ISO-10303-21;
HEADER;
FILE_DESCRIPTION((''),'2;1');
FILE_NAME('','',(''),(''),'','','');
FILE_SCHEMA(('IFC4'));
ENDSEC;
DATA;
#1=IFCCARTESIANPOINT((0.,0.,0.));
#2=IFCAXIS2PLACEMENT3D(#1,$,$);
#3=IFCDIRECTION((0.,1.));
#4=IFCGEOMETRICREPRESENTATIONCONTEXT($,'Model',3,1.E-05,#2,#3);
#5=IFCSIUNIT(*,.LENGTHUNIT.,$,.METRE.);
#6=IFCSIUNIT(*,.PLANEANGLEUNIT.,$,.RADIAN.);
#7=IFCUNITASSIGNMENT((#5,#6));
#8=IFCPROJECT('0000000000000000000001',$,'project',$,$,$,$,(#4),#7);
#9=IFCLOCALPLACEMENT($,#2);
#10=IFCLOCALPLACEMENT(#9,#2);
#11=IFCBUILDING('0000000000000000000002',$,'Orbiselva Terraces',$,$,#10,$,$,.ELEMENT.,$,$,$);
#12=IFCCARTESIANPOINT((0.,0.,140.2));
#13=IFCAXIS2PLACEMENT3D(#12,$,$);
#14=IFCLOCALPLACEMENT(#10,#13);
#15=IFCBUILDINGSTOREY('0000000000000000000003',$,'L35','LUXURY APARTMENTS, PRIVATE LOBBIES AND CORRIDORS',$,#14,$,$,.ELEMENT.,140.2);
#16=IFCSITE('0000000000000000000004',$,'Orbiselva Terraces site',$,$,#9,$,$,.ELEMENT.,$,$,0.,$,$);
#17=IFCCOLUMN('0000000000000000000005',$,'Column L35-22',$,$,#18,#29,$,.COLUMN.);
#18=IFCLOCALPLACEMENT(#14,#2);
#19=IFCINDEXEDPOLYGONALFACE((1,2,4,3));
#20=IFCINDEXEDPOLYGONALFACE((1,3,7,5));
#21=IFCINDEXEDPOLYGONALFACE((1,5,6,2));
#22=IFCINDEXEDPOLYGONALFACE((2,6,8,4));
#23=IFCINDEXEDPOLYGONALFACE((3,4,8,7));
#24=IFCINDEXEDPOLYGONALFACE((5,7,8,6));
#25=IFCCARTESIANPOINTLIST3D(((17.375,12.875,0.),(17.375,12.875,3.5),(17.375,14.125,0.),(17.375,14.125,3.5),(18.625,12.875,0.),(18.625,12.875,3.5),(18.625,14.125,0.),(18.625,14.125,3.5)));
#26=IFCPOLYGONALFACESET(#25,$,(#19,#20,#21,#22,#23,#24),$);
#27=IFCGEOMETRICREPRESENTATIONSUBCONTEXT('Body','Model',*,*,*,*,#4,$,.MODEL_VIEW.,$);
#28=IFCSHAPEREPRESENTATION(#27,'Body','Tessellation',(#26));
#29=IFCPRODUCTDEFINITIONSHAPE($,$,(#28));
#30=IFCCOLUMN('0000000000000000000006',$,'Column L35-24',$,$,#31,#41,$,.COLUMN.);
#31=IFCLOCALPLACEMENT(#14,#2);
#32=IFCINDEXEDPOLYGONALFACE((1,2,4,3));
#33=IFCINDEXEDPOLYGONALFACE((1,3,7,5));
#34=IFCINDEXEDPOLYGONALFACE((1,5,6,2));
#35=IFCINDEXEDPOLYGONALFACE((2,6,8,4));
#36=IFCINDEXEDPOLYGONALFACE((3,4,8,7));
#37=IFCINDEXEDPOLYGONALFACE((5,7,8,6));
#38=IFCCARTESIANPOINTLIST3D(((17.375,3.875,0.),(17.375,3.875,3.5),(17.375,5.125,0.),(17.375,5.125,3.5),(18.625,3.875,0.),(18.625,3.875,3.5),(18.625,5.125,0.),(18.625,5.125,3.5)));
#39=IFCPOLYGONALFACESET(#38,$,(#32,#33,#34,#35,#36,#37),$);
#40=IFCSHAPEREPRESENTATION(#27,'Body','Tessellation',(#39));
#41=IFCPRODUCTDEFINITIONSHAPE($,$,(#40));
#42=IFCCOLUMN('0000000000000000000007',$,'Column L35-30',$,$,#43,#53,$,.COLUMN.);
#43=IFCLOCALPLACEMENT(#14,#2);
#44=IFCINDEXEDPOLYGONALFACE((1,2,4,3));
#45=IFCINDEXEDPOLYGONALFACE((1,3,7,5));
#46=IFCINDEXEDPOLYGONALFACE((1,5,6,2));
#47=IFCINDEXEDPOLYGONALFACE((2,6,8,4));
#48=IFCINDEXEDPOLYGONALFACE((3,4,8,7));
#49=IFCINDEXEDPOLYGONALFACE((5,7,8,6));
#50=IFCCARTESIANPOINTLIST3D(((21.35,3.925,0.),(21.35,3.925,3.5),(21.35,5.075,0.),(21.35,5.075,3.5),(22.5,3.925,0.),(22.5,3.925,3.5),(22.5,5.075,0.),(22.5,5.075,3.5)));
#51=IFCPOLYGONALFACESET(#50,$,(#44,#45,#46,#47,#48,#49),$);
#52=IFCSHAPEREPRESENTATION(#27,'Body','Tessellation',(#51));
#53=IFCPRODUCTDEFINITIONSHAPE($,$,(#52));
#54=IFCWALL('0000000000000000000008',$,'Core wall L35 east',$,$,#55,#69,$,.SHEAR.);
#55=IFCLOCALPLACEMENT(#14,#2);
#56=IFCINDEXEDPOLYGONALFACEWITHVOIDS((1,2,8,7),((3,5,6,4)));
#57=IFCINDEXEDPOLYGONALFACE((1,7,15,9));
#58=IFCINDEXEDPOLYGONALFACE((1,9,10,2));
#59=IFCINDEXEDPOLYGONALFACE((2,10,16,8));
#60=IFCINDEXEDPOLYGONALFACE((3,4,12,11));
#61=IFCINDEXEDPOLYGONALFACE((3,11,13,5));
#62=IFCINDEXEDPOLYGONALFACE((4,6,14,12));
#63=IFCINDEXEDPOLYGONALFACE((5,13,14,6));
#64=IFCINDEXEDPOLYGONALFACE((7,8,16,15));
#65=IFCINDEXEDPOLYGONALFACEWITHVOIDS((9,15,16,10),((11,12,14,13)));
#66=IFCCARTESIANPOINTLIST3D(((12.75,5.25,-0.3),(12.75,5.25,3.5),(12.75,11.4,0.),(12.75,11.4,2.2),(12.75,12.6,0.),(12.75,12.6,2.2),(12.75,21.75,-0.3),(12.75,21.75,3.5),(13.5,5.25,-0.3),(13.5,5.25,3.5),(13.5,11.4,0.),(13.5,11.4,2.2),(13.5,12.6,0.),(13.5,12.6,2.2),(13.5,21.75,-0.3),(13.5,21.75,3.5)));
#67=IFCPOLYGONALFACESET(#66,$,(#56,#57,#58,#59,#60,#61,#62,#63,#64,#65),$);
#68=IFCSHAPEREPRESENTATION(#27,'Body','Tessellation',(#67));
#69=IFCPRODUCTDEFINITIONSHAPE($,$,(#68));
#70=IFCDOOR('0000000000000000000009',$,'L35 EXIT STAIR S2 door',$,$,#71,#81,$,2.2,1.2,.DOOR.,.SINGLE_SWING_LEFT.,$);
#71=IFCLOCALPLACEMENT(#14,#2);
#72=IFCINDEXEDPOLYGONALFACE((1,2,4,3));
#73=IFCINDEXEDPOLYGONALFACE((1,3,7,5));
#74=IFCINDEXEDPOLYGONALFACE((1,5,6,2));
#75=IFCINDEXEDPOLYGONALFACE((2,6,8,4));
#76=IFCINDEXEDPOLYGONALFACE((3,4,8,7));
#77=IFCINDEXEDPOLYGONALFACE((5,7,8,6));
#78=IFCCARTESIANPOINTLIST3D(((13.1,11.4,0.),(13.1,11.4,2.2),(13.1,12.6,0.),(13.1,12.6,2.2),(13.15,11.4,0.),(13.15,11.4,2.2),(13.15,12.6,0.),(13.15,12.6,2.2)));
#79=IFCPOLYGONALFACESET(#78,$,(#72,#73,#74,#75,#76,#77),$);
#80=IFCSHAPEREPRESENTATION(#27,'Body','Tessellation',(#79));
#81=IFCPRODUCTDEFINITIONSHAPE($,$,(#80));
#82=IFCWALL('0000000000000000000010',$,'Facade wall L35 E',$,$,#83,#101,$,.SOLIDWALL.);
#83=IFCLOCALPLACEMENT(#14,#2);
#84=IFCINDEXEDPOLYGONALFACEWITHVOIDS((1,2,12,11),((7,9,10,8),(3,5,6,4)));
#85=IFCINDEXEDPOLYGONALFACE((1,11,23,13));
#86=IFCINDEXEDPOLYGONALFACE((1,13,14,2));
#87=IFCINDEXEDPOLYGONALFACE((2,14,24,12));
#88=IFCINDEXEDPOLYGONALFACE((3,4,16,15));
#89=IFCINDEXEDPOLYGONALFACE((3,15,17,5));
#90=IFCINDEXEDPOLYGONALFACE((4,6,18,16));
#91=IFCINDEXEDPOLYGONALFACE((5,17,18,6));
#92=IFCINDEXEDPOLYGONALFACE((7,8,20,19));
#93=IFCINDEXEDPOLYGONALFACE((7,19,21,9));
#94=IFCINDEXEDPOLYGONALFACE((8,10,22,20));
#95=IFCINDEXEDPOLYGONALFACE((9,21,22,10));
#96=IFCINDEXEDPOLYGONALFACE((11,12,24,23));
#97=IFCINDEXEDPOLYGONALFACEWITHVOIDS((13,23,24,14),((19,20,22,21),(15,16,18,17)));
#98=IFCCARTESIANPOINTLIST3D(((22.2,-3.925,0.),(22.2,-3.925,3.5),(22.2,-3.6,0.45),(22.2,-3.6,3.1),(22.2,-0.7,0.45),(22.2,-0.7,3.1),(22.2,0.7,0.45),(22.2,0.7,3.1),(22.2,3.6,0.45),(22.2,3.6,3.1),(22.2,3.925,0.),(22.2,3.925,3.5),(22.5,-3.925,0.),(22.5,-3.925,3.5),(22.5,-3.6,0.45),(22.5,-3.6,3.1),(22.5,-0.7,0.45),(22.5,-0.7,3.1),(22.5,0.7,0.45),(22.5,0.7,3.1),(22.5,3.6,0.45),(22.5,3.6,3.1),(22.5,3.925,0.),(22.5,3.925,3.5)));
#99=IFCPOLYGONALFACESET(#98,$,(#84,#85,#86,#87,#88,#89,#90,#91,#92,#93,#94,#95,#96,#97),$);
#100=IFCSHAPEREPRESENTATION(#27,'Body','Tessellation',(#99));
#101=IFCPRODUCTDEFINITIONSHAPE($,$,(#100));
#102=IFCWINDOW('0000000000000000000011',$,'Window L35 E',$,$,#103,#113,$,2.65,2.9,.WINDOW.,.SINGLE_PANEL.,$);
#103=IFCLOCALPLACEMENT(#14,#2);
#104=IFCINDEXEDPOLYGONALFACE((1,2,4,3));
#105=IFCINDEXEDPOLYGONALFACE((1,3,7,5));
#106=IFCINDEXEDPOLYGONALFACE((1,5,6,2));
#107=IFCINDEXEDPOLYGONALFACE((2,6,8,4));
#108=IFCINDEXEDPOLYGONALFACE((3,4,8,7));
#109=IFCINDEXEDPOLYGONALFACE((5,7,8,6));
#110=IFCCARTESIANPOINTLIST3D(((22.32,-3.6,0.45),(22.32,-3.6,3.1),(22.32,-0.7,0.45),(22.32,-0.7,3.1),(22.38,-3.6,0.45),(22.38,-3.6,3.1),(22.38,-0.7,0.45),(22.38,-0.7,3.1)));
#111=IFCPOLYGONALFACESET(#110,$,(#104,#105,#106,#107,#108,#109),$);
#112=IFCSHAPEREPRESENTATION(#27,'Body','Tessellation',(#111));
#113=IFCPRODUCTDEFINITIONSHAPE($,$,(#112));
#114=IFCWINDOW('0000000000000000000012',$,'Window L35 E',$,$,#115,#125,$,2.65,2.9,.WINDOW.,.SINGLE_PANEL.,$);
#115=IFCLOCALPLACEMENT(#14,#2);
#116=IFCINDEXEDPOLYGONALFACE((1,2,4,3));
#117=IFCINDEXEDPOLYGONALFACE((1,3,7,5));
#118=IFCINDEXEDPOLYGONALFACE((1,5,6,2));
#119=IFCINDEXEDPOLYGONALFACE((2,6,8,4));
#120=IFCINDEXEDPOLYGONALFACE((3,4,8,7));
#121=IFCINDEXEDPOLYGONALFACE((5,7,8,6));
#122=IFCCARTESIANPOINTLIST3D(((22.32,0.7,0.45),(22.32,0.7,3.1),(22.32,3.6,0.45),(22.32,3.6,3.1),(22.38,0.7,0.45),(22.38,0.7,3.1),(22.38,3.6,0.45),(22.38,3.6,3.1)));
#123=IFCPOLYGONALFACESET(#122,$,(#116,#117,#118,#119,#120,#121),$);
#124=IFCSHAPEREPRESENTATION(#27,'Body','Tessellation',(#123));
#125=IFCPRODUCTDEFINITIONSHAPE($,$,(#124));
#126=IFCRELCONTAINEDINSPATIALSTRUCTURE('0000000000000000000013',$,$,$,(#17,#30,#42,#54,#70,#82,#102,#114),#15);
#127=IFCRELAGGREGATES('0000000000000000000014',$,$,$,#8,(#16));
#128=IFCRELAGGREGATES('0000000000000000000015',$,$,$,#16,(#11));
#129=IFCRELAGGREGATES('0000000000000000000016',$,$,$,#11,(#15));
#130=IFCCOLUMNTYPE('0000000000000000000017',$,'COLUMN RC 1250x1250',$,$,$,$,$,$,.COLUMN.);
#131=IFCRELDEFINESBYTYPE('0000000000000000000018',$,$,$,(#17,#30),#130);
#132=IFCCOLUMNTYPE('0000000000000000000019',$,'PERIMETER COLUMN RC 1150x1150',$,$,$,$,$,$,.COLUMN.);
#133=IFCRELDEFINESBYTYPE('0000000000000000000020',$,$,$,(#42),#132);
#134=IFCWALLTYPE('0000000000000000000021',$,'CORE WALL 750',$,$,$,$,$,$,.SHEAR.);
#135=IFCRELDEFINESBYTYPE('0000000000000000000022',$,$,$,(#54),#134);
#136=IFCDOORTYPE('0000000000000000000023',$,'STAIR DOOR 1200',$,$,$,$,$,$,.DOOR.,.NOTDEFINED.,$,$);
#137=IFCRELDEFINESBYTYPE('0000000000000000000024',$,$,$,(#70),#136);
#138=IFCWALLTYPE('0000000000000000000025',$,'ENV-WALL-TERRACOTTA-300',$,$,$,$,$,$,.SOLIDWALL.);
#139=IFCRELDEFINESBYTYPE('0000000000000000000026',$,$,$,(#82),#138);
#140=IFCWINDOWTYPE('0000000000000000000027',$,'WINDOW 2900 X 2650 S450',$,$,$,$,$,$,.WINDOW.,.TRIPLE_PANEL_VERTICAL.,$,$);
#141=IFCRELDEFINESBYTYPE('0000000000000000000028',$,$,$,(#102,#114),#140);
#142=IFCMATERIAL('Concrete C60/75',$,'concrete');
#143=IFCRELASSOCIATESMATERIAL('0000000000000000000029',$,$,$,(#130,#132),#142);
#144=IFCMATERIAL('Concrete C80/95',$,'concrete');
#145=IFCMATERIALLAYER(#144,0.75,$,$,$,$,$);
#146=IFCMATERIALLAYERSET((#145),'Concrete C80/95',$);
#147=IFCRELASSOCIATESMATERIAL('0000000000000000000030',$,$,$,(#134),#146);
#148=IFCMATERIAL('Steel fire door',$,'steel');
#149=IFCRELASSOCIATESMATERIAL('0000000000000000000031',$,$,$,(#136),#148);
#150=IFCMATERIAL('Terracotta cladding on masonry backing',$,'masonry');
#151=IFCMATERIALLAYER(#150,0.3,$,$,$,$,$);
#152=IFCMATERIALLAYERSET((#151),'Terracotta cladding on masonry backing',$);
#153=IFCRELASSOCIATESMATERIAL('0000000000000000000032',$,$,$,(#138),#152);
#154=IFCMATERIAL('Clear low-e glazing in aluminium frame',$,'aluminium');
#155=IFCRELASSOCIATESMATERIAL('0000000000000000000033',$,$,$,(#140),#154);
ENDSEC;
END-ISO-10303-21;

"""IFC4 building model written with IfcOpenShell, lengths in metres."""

from ifc_helpers import new_model, si_unit, direction, frame, frame_2d, origin, origin_2d, place, context, subcontext, project, spatial, rectangle, extrude, material, layer, layer_set, material_profile, profile_set, type_object, element, fill, save


model = new_model("IFC4")

# Units and contexts
model_context = context("Model", 3, precision=1e-05, world=origin(), true_north=direction((0.0, 1.0)))
body_context = subcontext(model_context, "Body", "Model", "MODEL_VIEW")
ifc_project = project(units=[si_unit("LENGTHUNIT", "METRE"), si_unit("PLANEANGLEUNIT", "RADIAN")], contexts=[model_context])

# Site, building, storey
site_placement = place(None, origin())
site = spatial("IfcSite", under=ifc_project, at=site_placement, Name="Orbiselva Terraces site", CompositionType="ELEMENT", RefElevation=0.0)
building_placement = place(site_placement, origin())
building = spatial("IfcBuilding", under=site, at=building_placement, Name="Orbiselva Terraces", CompositionType="ELEMENT")
storey_placement = place(building_placement, frame((0.0, 0.0, 140.2)))
storey = spatial("IfcBuildingStorey", under=building, at=storey_placement, Name="L35", Description="LUXURY APARTMENTS, PRIVATE LOBBIES AND CORRIDORS", CompositionType="ELEMENT", Elevation=140.2)

# Columns
ifc_material_1 = material(Name="Concrete C60/75", Category="concrete")
ifc_material_profile_1 = material_profile(ifc_material_1, rectangle(XDim=1.25, YDim=1.25, at=origin_2d()), Name="RC 1250x1250")
ifc_profile_set_1 = profile_set([ifc_material_profile_1], Name="Concrete C60/75")
column_type_1 = type_object("IfcColumnType", Name="COLUMN RC 1250x1250", PredefinedType="COLUMN", material=ifc_profile_set_1)
for number, where, z_axis, x_axis, name in (
    (1, (18.0, 13.5, 0.0), (0.0, 0.0, 1.0), (1.0, 0.0, 0.0), "Column L35-22"),
    (2, (18.0, 4.5, 0.0), (0.0, 0.0, 1.0), (1.0, 0.0, 0.0), "Column L35-24"),
):
    element("IfcColumn", number, at=place(storey_placement, frame(where, z_axis=z_axis, x_axis=x_axis)), inside=storey, type_object=column_type_1, Name=name, PredefinedType="COLUMN", context=body_context, shape_type="SweptSolid", body=[
        extrude(rectangle(XDim=1.25, YDim=1.25, at=origin_2d()), origin(), (0.0, 0.0, 1.0), 3.5),
    ])
ifc_material_profile_2 = material_profile(ifc_material_1, rectangle(XDim=1.15, YDim=1.15, at=origin_2d()), Name="RC 1150x1150")
ifc_profile_set_2 = profile_set([ifc_material_profile_2], Name="Concrete C60/75")
column_type_2 = type_object("IfcColumnType", Name="PERIMETER COLUMN RC 1150x1150", PredefinedType="COLUMN", material=ifc_profile_set_2)
column_placement = place(storey_placement, frame((21.925, 4.5, 0.0), z_axis=(0.0, 0.0, 1.0), x_axis=(1.0, 0.0, 0.0)))
element("IfcColumn", 3, at=column_placement, inside=storey, type_object=column_type_2, Name="Column L35-30", PredefinedType="COLUMN", context=body_context, shape_type="SweptSolid", body=[
    extrude(rectangle(XDim=1.15, YDim=1.15, at=origin_2d()), origin(), (0.0, 0.0, 1.0), 3.5),
])

# Wall, opening, door
ifc_material_2 = material(Name="Concrete C80/95", Category="concrete")
ifc_layer_1 = layer(ifc_material_2, 0.75)
ifc_layer_set_1 = layer_set([ifc_layer_1], Name="Concrete C80/95")
wall_type_1 = type_object("IfcWallType", Name="CORE WALL 750", PredefinedType="SHEAR", material=ifc_layer_set_1)
wall_1_placement = place(storey_placement, frame((13.125, 5.25, -0.3), z_axis=(0.0, 0.0, 1.0), x_axis=(0.0, 1.0, 0.0)))
wall_1 = element("IfcWall", 4, at=wall_1_placement, inside=storey, type_object=wall_type_1, Name="Core wall L35 east", PredefinedType="SHEAR", context=body_context, shape_type="SweptSolid", body=[
    extrude(rectangle(XDim=16.5, YDim=0.75, at=frame_2d((8.25, 0.0))), origin(), (0.0, 0.0, 1.0), 3.8),
])
opening_1_placement = place(wall_1_placement, frame((6.15, 0.0, 0.3)))
opening_1 = element("IfcOpeningElement", 5, at=opening_1_placement, cuts=wall_1, PredefinedType="OPENING", context=body_context, shape_type="SweptSolid", body=[
    extrude(rectangle(XDim=1.2, YDim=2.2, at=frame_2d((0.6, 1.1))), frame((0.0, 0.385, 0.0), z_axis=(0.0, -1.0, 0.0), x_axis=(1.0, 0.0, 0.0)), (0.0, 0.0, 1.0), 0.77),
])
ifc_material_3 = material(Name="Steel fire door", Category="steel")
door_type_1 = type_object("IfcDoorType", Name="STAIR DOOR 1200", OperationType="NOTDEFINED", PredefinedType="DOOR", material=ifc_material_3)
door_1_placement = place(opening_1_placement, frame((1.2, 0.0, 0.0), z_axis=(0.0, 0.0, 1.0), x_axis=(-1.0, 0.0, 0.0)))
door_1 = element("IfcDoor", 6, at=door_1_placement, inside=storey, type_object=door_type_1, Name="L35 EXIT STAIR S2 door", OperationType="SINGLE_SWING_LEFT", OverallHeight=2.2, OverallWidth=1.2, PredefinedType="DOOR", context=body_context, shape_type="SweptSolid", body=[
    extrude(rectangle(XDim=1.2, YDim=2.2, at=frame_2d((0.6, 1.1))), frame((0.0, 0.025, 0.0), z_axis=(0.0, -1.0, 0.0), x_axis=(1.0, 0.0, 0.0)), (0.0, 0.0, 1.0), 0.05),
])
fill(opening_1, door_1)

# Wall, openings, windows
ifc_material_4 = material(Name="Terracotta cladding on masonry backing", Category="masonry")
ifc_layer_2 = layer(ifc_material_4, 0.3)
ifc_layer_set_2 = layer_set([ifc_layer_2], Name="Terracotta cladding on masonry backing")
wall_type_2 = type_object("IfcWallType", Name="ENV-WALL-TERRACOTTA-300", PredefinedType="SOLIDWALL", material=ifc_layer_set_2)
wall_2_placement = place(storey_placement, frame((22.35, 3.925, 0.0), z_axis=(0.0, 0.0, 1.0), x_axis=(0.0, -1.0, 0.0)))
wall_2 = element("IfcWall", 7, at=wall_2_placement, inside=storey, type_object=wall_type_2, Name="Facade wall L35 E", PredefinedType="SOLIDWALL", context=body_context, shape_type="SweptSolid", body=[
    extrude(rectangle(XDim=7.85, YDim=0.3, at=frame_2d((3.925, 0.0))), origin(), (0.0, 0.0, 1.0), 3.5),
])
opening_2_placement = place(wall_2_placement, frame((4.625, 0.0, 0.45)))
opening_2 = element("IfcOpeningElement", 8, at=opening_2_placement, cuts=wall_2, PredefinedType="OPENING", context=body_context, shape_type="SweptSolid", body=[
    extrude(rectangle(XDim=2.9, YDim=2.65, at=frame_2d((1.45, 1.325))), frame((0.0, 0.16, 0.0), z_axis=(0.0, -1.0, 0.0), x_axis=(1.0, 0.0, 0.0)), (0.0, 0.0, 1.0), 0.32),
])
opening_3_placement = place(wall_2_placement, frame((0.325, 0.0, 0.45)))
opening_3 = element("IfcOpeningElement", 9, at=opening_3_placement, cuts=wall_2, PredefinedType="OPENING", context=body_context, shape_type="SweptSolid", body=[
    extrude(rectangle(XDim=2.9, YDim=2.65, at=frame_2d((1.45, 1.325))), frame((0.0, 0.16, 0.0), z_axis=(0.0, -1.0, 0.0), x_axis=(1.0, 0.0, 0.0)), (0.0, 0.0, 1.0), 0.32),
])
ifc_material_5 = material(Name="Clear low-e glazing in aluminium frame", Category="aluminium")
window_type = type_object("IfcWindowType", Name="WINDOW 2900 X 2650 S450", PartitioningType="TRIPLE_PANEL_VERTICAL", PredefinedType="WINDOW", material=ifc_material_5)
window_1_placement = place(opening_2_placement, origin())
window_1 = element("IfcWindow", 10, at=window_1_placement, inside=storey, type_object=window_type, Name="Window L35 E", OverallHeight=2.65, OverallWidth=2.9, PartitioningType="SINGLE_PANEL", PredefinedType="WINDOW", context=body_context, shape_type="SweptSolid", body=[
    extrude(rectangle(XDim=2.9, YDim=2.65, at=frame_2d((1.45, 1.325))), frame((0.0, 0.03, 0.0), z_axis=(0.0, -1.0, 0.0), x_axis=(1.0, 0.0, 0.0)), (0.0, 0.0, 1.0), 0.06),
])
fill(opening_2, window_1)
window_2_placement = place(opening_3_placement, origin())
window_2 = element("IfcWindow", 11, at=window_2_placement, inside=storey, type_object=window_type, Name="Window L35 E", OverallHeight=2.65, OverallWidth=2.9, PartitioningType="SINGLE_PANEL", PredefinedType="WINDOW", context=body_context, shape_type="SweptSolid", body=[
    extrude(rectangle(XDim=2.9, YDim=2.65, at=frame_2d((1.45, 1.325))), frame((0.0, 0.03, 0.0), z_axis=(0.0, -1.0, 0.0), x_axis=(1.0, 0.0, 0.0)), (0.0, 0.0, 1.0), 0.06),
])
fill(opening_3, window_2)

save(model, "model.ifc")
